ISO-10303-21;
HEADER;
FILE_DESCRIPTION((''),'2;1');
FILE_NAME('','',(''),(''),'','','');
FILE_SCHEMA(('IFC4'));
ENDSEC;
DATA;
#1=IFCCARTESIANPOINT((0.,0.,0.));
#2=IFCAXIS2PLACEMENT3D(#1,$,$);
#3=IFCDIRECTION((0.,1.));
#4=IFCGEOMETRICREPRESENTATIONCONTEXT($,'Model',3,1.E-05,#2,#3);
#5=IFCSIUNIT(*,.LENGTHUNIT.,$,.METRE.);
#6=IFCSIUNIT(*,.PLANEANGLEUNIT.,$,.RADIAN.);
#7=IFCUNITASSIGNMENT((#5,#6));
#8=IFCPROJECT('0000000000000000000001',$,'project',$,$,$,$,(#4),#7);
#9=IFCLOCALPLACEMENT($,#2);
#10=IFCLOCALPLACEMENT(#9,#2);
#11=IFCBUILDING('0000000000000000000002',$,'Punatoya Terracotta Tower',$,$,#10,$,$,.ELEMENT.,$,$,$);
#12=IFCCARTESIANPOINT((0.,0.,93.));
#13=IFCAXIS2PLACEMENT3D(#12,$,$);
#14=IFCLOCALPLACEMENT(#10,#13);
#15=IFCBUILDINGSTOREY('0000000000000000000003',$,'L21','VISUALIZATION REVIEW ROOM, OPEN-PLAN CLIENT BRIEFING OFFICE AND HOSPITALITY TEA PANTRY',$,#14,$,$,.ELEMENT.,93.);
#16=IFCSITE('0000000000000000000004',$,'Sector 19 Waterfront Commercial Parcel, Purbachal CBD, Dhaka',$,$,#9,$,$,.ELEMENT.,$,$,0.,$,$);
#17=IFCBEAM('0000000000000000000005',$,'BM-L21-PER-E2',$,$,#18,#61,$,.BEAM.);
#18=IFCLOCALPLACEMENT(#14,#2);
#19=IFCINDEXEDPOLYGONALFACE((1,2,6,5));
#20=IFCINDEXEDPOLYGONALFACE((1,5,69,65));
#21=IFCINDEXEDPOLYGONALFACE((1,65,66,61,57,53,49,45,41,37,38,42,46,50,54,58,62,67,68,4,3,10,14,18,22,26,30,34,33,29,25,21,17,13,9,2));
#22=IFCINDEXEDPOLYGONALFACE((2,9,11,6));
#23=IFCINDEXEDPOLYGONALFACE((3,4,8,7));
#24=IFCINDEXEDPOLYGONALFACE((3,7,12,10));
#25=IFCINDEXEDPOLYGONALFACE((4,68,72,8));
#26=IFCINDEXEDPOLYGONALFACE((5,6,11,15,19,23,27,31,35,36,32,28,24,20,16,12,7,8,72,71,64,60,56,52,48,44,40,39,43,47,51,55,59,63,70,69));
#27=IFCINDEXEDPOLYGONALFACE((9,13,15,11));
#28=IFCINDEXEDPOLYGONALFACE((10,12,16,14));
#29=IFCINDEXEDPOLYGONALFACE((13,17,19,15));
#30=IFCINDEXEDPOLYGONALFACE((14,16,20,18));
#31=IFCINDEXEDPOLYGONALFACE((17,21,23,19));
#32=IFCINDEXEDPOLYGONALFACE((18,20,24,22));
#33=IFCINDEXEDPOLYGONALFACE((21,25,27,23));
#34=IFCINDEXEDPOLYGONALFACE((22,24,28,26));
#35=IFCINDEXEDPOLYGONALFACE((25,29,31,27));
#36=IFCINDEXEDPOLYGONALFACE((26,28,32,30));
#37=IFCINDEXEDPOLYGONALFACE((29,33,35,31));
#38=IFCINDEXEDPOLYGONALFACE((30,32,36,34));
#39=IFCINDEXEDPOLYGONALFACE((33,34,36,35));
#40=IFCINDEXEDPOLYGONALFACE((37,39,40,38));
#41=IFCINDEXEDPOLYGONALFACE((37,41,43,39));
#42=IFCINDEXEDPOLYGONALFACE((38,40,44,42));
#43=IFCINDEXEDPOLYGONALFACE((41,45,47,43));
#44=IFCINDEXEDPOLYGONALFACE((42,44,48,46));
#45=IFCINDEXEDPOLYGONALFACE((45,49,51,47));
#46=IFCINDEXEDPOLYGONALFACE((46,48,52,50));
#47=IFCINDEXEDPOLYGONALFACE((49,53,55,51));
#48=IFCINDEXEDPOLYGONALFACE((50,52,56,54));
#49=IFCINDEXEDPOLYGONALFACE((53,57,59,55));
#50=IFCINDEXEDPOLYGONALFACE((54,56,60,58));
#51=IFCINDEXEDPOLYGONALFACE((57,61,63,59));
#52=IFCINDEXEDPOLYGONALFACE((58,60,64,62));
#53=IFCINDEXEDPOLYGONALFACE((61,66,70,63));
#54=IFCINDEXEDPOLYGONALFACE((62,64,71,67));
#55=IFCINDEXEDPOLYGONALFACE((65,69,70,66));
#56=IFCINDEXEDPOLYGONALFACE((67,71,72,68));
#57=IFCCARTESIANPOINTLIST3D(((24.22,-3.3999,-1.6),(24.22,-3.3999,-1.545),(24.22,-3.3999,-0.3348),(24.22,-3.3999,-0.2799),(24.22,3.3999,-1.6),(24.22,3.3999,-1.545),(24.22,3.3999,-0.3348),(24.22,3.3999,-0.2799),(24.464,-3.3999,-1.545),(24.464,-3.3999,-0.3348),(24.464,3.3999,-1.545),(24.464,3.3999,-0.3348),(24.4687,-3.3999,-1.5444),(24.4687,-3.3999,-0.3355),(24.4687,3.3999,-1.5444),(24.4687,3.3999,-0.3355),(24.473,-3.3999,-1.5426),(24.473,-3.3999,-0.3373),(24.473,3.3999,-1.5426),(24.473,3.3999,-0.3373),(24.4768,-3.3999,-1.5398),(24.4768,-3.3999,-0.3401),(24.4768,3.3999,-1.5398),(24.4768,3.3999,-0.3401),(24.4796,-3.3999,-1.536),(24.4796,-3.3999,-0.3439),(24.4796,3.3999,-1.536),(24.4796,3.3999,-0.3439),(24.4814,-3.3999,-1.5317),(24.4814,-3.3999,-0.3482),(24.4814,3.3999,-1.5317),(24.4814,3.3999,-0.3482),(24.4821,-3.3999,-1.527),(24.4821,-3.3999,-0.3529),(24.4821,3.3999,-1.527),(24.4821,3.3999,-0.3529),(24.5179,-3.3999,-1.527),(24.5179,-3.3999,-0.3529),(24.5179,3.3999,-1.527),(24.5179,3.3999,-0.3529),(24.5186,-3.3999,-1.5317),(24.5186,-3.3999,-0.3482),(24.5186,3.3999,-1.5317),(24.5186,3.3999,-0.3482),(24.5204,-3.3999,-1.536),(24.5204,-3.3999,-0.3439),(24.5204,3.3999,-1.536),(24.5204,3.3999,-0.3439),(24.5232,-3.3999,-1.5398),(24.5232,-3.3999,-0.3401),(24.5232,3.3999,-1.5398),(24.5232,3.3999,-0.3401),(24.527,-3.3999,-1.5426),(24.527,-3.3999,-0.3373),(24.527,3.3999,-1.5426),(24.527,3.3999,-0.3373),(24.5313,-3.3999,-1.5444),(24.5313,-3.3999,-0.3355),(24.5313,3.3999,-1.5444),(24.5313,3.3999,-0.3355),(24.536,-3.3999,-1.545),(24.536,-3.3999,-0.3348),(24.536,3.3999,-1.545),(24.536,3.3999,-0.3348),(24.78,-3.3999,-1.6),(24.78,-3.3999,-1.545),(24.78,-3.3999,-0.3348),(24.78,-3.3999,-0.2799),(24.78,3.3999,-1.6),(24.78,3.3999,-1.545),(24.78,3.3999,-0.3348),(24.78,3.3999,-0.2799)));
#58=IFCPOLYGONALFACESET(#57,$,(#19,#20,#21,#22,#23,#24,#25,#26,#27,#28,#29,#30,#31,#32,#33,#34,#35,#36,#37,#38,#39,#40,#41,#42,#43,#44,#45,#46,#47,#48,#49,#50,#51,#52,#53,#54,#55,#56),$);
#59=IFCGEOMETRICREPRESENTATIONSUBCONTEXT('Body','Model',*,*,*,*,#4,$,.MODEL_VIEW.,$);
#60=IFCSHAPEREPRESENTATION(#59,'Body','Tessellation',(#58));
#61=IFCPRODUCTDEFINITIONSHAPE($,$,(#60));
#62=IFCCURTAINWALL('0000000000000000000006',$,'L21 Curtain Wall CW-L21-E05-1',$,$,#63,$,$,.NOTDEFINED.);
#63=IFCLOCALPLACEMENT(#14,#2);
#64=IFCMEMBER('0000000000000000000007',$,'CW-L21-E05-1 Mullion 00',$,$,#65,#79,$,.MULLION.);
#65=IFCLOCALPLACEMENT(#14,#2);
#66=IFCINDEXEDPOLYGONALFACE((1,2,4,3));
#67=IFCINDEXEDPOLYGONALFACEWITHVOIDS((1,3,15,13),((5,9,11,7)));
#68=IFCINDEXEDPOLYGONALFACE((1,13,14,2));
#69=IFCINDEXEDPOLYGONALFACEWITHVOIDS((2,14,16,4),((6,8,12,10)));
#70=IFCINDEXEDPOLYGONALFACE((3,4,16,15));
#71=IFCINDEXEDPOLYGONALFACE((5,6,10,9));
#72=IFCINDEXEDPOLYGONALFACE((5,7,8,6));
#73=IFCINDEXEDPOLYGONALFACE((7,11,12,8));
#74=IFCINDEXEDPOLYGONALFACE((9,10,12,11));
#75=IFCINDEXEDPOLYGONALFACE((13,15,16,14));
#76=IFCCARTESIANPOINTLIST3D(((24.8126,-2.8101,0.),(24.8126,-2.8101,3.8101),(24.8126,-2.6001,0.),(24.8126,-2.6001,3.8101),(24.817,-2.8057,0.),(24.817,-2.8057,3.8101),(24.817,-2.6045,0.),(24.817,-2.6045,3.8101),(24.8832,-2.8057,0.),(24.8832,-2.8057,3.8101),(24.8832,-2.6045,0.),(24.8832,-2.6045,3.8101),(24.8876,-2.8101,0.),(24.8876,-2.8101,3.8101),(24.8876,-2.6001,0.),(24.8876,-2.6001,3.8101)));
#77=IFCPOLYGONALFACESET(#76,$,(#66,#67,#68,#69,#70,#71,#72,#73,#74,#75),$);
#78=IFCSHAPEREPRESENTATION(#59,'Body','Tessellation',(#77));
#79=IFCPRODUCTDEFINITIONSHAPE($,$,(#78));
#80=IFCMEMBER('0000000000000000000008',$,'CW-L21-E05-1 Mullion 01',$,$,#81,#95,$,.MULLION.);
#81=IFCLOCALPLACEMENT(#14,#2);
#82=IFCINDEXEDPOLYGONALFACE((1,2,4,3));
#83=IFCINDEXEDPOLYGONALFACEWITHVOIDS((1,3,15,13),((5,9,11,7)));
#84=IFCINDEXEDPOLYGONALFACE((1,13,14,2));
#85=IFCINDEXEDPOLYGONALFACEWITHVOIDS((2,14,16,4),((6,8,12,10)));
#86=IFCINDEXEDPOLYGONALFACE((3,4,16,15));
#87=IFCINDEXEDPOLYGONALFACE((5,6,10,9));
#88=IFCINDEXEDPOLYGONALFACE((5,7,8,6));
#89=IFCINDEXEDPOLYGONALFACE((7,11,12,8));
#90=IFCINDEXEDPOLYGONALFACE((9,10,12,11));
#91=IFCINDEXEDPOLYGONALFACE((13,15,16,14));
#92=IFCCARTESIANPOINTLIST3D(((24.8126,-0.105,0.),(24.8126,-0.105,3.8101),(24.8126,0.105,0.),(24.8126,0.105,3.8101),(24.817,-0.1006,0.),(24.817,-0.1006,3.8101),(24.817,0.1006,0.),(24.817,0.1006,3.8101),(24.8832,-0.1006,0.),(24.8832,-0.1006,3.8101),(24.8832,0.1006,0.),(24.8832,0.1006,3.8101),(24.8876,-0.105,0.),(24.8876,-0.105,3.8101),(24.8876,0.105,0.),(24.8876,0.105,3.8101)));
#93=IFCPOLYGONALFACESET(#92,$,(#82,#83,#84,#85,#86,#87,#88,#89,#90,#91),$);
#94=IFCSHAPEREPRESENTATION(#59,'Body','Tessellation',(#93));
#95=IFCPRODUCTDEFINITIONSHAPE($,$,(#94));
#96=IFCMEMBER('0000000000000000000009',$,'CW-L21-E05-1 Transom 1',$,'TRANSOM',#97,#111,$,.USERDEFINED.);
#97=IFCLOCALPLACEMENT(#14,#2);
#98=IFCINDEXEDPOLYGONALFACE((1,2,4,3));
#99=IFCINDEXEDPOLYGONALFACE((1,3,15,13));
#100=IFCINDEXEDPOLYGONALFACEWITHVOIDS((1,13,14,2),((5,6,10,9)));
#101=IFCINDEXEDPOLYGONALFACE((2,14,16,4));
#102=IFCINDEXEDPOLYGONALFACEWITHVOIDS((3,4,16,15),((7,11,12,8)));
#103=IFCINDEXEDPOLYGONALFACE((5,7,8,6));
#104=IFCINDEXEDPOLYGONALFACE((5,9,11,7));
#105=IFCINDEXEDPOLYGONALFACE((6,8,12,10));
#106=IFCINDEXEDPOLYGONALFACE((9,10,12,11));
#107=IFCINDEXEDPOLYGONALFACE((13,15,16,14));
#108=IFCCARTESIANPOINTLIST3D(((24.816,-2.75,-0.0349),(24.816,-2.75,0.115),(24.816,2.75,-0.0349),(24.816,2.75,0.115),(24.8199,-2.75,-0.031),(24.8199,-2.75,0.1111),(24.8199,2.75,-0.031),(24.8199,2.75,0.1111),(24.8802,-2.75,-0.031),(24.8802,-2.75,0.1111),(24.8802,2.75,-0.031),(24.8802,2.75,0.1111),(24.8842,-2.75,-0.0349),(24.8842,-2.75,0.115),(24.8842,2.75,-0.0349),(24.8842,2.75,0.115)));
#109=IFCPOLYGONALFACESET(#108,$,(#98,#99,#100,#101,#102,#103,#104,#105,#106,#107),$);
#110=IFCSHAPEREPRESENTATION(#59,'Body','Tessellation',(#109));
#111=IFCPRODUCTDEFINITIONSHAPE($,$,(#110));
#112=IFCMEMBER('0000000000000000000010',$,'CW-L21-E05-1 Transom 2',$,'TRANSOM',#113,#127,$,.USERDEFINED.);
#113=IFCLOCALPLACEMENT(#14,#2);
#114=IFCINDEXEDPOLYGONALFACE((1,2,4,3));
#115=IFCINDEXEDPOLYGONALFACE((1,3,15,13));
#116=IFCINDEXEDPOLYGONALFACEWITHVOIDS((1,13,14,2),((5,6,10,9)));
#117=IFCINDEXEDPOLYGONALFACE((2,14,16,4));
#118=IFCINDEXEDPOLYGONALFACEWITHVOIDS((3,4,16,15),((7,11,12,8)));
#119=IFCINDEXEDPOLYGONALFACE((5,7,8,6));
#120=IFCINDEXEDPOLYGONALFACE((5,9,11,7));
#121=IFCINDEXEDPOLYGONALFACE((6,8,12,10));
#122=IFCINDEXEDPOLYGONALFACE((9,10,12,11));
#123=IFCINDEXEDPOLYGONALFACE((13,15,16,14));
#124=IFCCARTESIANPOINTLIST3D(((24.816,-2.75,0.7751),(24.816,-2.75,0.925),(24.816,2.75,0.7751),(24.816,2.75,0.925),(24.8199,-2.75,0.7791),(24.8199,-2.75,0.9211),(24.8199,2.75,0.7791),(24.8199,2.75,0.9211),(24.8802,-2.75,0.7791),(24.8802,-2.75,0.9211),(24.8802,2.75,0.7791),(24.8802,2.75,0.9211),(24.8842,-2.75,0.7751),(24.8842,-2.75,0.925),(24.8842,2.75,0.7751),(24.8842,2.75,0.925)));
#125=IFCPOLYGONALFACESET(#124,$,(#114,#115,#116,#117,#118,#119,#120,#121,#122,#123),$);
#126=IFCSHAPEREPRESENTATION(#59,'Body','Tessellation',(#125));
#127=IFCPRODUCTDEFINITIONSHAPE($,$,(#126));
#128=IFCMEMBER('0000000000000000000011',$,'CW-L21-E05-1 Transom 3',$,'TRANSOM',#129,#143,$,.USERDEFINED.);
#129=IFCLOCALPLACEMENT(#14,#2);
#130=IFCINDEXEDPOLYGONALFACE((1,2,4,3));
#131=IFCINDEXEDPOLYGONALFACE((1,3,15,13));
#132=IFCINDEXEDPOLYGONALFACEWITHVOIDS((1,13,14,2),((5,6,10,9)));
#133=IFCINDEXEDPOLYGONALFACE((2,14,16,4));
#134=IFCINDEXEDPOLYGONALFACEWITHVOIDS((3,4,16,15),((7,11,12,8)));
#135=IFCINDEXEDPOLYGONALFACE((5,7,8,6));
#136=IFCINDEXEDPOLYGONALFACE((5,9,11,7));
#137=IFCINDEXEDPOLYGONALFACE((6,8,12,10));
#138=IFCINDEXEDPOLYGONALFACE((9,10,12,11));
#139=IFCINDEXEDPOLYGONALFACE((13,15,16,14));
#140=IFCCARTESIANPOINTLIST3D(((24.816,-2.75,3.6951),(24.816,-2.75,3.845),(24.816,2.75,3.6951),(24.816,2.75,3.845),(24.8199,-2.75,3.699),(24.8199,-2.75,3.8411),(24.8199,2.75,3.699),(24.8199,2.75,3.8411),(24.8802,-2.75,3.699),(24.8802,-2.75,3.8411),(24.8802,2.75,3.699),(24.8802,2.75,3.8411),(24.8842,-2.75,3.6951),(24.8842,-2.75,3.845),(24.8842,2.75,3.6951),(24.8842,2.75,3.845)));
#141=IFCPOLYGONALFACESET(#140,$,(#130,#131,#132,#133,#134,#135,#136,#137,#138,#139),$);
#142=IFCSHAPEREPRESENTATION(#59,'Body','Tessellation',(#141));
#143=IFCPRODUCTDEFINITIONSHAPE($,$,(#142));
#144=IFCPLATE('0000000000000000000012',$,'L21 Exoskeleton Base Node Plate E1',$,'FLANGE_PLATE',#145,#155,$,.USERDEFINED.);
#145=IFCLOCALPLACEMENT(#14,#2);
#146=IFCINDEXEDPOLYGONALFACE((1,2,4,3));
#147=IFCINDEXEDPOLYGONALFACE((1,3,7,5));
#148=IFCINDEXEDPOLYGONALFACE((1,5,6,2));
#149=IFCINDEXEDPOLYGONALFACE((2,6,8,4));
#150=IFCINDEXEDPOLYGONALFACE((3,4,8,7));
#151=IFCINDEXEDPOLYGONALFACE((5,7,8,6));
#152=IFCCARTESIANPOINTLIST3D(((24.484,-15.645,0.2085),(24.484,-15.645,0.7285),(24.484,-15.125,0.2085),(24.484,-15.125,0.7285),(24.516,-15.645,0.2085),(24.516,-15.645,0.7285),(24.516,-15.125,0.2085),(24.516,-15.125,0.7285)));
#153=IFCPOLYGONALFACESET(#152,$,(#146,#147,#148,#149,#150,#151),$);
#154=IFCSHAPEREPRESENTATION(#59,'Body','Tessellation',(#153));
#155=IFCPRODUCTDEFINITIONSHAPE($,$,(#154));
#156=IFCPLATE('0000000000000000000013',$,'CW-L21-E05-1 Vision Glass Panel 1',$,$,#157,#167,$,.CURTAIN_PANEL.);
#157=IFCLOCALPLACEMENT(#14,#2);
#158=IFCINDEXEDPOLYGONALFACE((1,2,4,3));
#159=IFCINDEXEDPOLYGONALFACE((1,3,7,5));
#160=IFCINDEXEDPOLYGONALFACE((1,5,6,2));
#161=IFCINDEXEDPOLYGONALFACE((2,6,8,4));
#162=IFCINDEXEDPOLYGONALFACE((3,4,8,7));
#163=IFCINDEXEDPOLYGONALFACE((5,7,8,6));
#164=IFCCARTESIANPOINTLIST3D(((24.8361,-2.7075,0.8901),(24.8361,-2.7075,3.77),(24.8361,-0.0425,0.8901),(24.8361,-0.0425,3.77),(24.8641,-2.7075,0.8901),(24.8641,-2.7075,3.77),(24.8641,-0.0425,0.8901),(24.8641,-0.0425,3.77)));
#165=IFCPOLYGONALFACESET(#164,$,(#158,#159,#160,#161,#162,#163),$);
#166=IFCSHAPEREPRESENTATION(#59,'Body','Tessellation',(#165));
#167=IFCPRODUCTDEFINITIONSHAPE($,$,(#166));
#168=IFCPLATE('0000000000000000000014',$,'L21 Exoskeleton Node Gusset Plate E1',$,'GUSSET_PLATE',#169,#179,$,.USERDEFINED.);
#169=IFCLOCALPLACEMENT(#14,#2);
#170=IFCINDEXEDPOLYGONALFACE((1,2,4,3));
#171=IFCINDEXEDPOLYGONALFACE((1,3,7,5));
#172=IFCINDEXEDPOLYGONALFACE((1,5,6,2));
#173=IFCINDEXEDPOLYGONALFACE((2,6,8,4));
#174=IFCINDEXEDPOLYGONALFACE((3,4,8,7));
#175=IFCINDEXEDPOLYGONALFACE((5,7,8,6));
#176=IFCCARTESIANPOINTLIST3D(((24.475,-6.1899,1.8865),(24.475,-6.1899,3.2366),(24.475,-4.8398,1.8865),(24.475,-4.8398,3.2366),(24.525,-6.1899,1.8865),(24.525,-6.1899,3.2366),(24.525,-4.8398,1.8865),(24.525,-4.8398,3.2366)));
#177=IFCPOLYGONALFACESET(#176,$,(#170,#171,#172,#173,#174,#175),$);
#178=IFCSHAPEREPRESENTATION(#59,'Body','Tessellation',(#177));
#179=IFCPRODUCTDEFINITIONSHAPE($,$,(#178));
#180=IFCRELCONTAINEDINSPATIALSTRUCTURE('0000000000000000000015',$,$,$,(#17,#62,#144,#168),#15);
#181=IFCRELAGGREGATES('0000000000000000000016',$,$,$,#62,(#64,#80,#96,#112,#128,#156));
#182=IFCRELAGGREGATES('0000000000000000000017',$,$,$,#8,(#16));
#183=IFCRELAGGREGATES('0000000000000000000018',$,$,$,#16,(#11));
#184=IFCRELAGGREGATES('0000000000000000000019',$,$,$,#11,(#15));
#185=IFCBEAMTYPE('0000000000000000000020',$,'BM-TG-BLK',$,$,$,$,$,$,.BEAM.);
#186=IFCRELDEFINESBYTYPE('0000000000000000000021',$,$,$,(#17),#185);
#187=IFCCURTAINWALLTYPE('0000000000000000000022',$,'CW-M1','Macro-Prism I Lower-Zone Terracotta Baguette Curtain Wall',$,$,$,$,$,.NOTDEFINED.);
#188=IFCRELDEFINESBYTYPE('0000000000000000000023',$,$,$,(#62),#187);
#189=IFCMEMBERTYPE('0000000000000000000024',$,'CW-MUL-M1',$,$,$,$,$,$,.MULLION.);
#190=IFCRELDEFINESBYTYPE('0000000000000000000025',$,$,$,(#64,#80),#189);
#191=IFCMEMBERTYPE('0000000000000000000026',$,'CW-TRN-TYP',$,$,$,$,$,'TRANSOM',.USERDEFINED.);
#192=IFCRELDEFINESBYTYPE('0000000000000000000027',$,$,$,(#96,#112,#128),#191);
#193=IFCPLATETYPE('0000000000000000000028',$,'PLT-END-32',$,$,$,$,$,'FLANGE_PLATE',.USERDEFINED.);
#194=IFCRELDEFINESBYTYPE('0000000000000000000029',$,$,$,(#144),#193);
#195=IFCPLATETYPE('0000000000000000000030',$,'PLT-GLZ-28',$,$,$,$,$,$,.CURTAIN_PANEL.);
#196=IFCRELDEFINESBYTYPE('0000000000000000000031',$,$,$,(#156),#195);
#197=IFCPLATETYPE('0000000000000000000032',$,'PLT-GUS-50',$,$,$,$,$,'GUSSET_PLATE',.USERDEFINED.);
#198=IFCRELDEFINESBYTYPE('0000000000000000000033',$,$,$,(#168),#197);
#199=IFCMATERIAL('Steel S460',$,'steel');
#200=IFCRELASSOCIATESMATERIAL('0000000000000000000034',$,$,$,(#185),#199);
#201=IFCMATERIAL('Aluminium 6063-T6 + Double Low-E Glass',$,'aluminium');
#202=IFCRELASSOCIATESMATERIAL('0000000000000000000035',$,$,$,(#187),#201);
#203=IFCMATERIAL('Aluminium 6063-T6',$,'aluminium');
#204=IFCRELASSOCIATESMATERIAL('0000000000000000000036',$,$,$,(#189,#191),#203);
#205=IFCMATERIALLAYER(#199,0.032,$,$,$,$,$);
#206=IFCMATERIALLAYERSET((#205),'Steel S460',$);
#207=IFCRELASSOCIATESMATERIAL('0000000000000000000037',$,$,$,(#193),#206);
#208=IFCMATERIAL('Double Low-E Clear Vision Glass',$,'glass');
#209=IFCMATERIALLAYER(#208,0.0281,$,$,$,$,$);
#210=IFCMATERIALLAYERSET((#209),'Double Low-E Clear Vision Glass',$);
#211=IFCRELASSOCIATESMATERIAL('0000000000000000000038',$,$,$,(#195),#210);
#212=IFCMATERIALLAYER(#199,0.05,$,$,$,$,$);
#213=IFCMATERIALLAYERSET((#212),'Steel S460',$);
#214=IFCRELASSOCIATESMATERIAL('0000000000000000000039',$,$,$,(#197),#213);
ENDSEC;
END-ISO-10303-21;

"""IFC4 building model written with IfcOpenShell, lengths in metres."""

from ifc_helpers import new_model, si_unit, direction, frame, origin, origin_2d, place, context, subcontext, project, spatial, rectangle, hollow_rectangle, i_section, extrude, material, layer, layer_set, material_profile, profile_set, type_object, element, aggregate, save


model = new_model("IFC4")

# Units and contexts
model_context = context("Model", 3, precision=1e-05, world=origin(), true_north=direction((0.0, 1.0)))
body_context = subcontext(model_context, "Body", "Model", "MODEL_VIEW")
ifc_project = project(units=[si_unit("LENGTHUNIT", "METRE"), si_unit("PLANEANGLEUNIT", "RADIAN")], contexts=[model_context])

# Site, building, storey
site_placement = place(None, origin())
site = spatial("IfcSite", under=ifc_project, at=site_placement, Name="Sector 19 Waterfront Commercial Parcel, Purbachal CBD, Dhaka", CompositionType="ELEMENT", RefElevation=0.0)
building_placement = place(site_placement, origin())
building = spatial("IfcBuilding", under=site, at=building_placement, Name="Punatoya Terracotta Tower", CompositionType="ELEMENT")
storey_placement = place(building_placement, frame((0.0, 0.0, 93.0)))
storey = spatial("IfcBuildingStorey", under=building, at=storey_placement, Name="L21", Description="VISUALIZATION REVIEW ROOM, OPEN-PLAN CLIENT BRIEFING OFFICE AND HOSPITALITY TEA PANTRY", CompositionType="ELEMENT", Elevation=93.0)

# Shared definitions
ifc_material_1 = material(Name="Steel S460", Category="steel")

# Beam
ifc_material_profile_1 = material_profile(ifc_material_1, i_section(OverallWidth=0.5601, OverallDepth=1.3201, WebThickness=0.0359, FlangeThickness=0.0549, FilletRadius=0.0181, at=origin_2d()))
ifc_profile_set_1 = profile_set([ifc_material_profile_1], Name="Steel S460")
beam_type = type_object("IfcBeamType", Name="BM-TG-BLK", PredefinedType="BEAM", material=ifc_profile_set_1)
beam_1_placement = place(storey_placement, frame((24.5, -3.3999, -0.9399), z_axis=(0.0, 1.0, 0.0), x_axis=(-1.0, 0.0, 0.0)))
element("IfcBeam", 1, at=beam_1_placement, inside=storey, type_object=beam_type, Name="BM-L21-PER-E2", PredefinedType="BEAM", context=body_context, shape_type="SweptSolid", body=[
    extrude(i_section(OverallWidth=0.5601, OverallDepth=1.3201, WebThickness=0.0359, FlangeThickness=0.0549, FilletRadius=0.0181, at=origin_2d()), origin(), (0.0, 0.0, 1.0), 6.7998),
])

# Curtain wall, members
ifc_material_2 = material(Name="Aluminium 6063-T6 + Double Low-E Glass", Category="aluminium")
curtain_wall_type = type_object("IfcCurtainWallType", Name="CW-M1", Description="Macro-Prism I Lower-Zone Terracotta Baguette Curtain Wall", PredefinedType="NOTDEFINED", material=ifc_material_2)
curtain_wall_placement = place(storey_placement, origin())
curtain_wall = element("IfcCurtainWall", 2, at=curtain_wall_placement, inside=storey, type_object=curtain_wall_type, Name="L21 Curtain Wall CW-L21-E05-1", PredefinedType="NOTDEFINED")
ifc_material_3 = material(Name="Aluminium 6063-T6", Category="aluminium")
ifc_material_profile_2 = material_profile(ifc_material_3, hollow_rectangle(XDim=0.075, YDim=0.21, WallThickness=0.0044, at=origin_2d()))
ifc_profile_set_2 = profile_set([ifc_material_profile_2], Name="Aluminium 6063-T6")
member_type_1 = type_object("IfcMemberType", Name="CW-MUL-M1", PredefinedType="MULLION", material=ifc_profile_set_2)
member_1_placement = place(storey_placement, frame((24.8501, -2.7051, 0.0), z_axis=(0.0, 0.0, 1.0), x_axis=(1.0, 0.0, 0.0)))
member_1 = element("IfcMember", 3, at=member_1_placement, type_object=member_type_1, Name="CW-L21-E05-1 Mullion 00", PredefinedType="MULLION", context=body_context, shape_type="SweptSolid", body=[
    extrude(hollow_rectangle(XDim=0.075, YDim=0.21, WallThickness=0.0044, at=origin_2d()), origin(), (0.0, 0.0, 1.0), 3.8101),
])
member_2_placement = place(storey_placement, frame((24.8501, 0.0, 0.0), z_axis=(0.0, 0.0, 1.0), x_axis=(1.0, 0.0, 0.0)))
member_2 = element("IfcMember", 4, at=member_2_placement, type_object=member_type_1, Name="CW-L21-E05-1 Mullion 01", PredefinedType="MULLION", context=body_context, shape_type="SweptSolid", body=[
    extrude(hollow_rectangle(XDim=0.075, YDim=0.21, WallThickness=0.0044, at=origin_2d()), origin(), (0.0, 0.0, 1.0), 3.8101),
])
ifc_material_profile_3 = material_profile(ifc_material_3, hollow_rectangle(XDim=0.0681, YDim=0.1499, WallThickness=0.0039, at=origin_2d()))
ifc_profile_set_3 = profile_set([ifc_material_profile_3], Name="Aluminium 6063-T6")
member_type_2 = type_object("IfcMemberType", Name="CW-TRN-TYP", ElementType="TRANSOM", PredefinedType="USERDEFINED", material=ifc_profile_set_3)
member_3_placement = place(storey_placement, frame((24.8501, -2.75, 0.04), z_axis=(0.0, 1.0, 0.0), x_axis=(-1.0, 0.0, 0.0)))
member_3 = element("IfcMember", 5, at=member_3_placement, type_object=member_type_2, Name="CW-L21-E05-1 Transom 1", ObjectType="TRANSOM", PredefinedType="USERDEFINED", context=body_context, shape_type="SweptSolid", body=[
    extrude(hollow_rectangle(XDim=0.0681, YDim=0.1499, WallThickness=0.0039, at=origin_2d()), origin(), (0.0, 0.0, 1.0), 5.5),
])
member_4_placement = place(storey_placement, frame((24.8501, -2.75, 0.8501), z_axis=(0.0, 1.0, 0.0), x_axis=(-1.0, 0.0, 0.0)))
member_4 = element("IfcMember", 6, at=member_4_placement, type_object=member_type_2, Name="CW-L21-E05-1 Transom 2", ObjectType="TRANSOM", PredefinedType="USERDEFINED", context=body_context, shape_type="SweptSolid", body=[
    extrude(hollow_rectangle(XDim=0.0681, YDim=0.1499, WallThickness=0.0039, at=origin_2d()), origin(), (0.0, 0.0, 1.0), 5.5),
])
member_5_placement = place(storey_placement, frame((24.8501, -2.75, 3.77), z_axis=(0.0, 1.0, 0.0), x_axis=(-1.0, 0.0, 0.0)))
member_5 = element("IfcMember", 7, at=member_5_placement, type_object=member_type_2, Name="CW-L21-E05-1 Transom 3", ObjectType="TRANSOM", PredefinedType="USERDEFINED", context=body_context, shape_type="SweptSolid", body=[
    extrude(hollow_rectangle(XDim=0.0681, YDim=0.1499, WallThickness=0.0039, at=origin_2d()), origin(), (0.0, 0.0, 1.0), 5.5),
])

# Plates
ifc_layer_1 = layer(ifc_material_1, 0.032)
ifc_layer_set_1 = layer_set([ifc_layer_1], Name="Steel S460")
plate_type_1 = type_object("IfcPlateType", Name="PLT-END-32", ElementType="FLANGE_PLATE", PredefinedType="USERDEFINED", material=ifc_layer_set_1)
plate_1_placement = place(storey_placement, frame((24.5, -15.385, 0.2085), z_axis=(0.0, 0.0, 1.0), x_axis=(0.0, 1.0, 0.0)))
element("IfcPlate", 8, at=plate_1_placement, inside=storey, type_object=plate_type_1, Name="L21 Exoskeleton Base Node Plate E1", ObjectType="FLANGE_PLATE", PredefinedType="USERDEFINED", context=body_context, shape_type="SweptSolid", body=[
    extrude(rectangle(XDim=0.52, YDim=0.032, at=origin_2d()), origin(), (0.0, 0.0, 1.0), 0.52),
])
ifc_material_4 = material(Name="Double Low-E Clear Vision Glass", Category="glass")
ifc_layer_2 = layer(ifc_material_4, 0.0281)
ifc_layer_set_2 = layer_set([ifc_layer_2], Name="Double Low-E Clear Vision Glass")
plate_type_2 = type_object("IfcPlateType", Name="PLT-GLZ-28", PredefinedType="CURTAIN_PANEL", material=ifc_layer_set_2)
plate_2_placement = place(storey_placement, frame((24.8501, -1.375, 0.8901), z_axis=(0.0, 0.0, 1.0), x_axis=(0.0, 1.0, 0.0)))
plate_2 = element("IfcPlate", 9, at=plate_2_placement, type_object=plate_type_2, Name="CW-L21-E05-1 Vision Glass Panel 1", PredefinedType="CURTAIN_PANEL", context=body_context, shape_type="SweptSolid", body=[
    extrude(rectangle(XDim=2.665, YDim=0.0281, at=origin_2d()), origin(), (0.0, 0.0, 1.0), 2.8799),
])
ifc_layer_3 = layer(ifc_material_1, 0.05)
ifc_layer_set_3 = layer_set([ifc_layer_3], Name="Steel S460")
plate_type_3 = type_object("IfcPlateType", Name="PLT-GUS-50", ElementType="GUSSET_PLATE", PredefinedType="USERDEFINED", material=ifc_layer_set_3)
plate_3_placement = place(storey_placement, frame((24.5, -5.5149, 1.8865), z_axis=(0.0, 0.0, 1.0), x_axis=(0.0, 1.0, 0.0)))
element("IfcPlate", 10, at=plate_3_placement, inside=storey, type_object=plate_type_3, Name="L21 Exoskeleton Node Gusset Plate E1", ObjectType="GUSSET_PLATE", PredefinedType="USERDEFINED", context=body_context, shape_type="SweptSolid", body=[
    extrude(rectangle(XDim=1.3501, YDim=0.05, at=origin_2d()), origin(), (0.0, 0.0, 1.0), 1.3501),
])
aggregate(curtain_wall, [member_1, member_2, member_3, member_4, member_5, plate_2])

save(model, "model.ifc")
